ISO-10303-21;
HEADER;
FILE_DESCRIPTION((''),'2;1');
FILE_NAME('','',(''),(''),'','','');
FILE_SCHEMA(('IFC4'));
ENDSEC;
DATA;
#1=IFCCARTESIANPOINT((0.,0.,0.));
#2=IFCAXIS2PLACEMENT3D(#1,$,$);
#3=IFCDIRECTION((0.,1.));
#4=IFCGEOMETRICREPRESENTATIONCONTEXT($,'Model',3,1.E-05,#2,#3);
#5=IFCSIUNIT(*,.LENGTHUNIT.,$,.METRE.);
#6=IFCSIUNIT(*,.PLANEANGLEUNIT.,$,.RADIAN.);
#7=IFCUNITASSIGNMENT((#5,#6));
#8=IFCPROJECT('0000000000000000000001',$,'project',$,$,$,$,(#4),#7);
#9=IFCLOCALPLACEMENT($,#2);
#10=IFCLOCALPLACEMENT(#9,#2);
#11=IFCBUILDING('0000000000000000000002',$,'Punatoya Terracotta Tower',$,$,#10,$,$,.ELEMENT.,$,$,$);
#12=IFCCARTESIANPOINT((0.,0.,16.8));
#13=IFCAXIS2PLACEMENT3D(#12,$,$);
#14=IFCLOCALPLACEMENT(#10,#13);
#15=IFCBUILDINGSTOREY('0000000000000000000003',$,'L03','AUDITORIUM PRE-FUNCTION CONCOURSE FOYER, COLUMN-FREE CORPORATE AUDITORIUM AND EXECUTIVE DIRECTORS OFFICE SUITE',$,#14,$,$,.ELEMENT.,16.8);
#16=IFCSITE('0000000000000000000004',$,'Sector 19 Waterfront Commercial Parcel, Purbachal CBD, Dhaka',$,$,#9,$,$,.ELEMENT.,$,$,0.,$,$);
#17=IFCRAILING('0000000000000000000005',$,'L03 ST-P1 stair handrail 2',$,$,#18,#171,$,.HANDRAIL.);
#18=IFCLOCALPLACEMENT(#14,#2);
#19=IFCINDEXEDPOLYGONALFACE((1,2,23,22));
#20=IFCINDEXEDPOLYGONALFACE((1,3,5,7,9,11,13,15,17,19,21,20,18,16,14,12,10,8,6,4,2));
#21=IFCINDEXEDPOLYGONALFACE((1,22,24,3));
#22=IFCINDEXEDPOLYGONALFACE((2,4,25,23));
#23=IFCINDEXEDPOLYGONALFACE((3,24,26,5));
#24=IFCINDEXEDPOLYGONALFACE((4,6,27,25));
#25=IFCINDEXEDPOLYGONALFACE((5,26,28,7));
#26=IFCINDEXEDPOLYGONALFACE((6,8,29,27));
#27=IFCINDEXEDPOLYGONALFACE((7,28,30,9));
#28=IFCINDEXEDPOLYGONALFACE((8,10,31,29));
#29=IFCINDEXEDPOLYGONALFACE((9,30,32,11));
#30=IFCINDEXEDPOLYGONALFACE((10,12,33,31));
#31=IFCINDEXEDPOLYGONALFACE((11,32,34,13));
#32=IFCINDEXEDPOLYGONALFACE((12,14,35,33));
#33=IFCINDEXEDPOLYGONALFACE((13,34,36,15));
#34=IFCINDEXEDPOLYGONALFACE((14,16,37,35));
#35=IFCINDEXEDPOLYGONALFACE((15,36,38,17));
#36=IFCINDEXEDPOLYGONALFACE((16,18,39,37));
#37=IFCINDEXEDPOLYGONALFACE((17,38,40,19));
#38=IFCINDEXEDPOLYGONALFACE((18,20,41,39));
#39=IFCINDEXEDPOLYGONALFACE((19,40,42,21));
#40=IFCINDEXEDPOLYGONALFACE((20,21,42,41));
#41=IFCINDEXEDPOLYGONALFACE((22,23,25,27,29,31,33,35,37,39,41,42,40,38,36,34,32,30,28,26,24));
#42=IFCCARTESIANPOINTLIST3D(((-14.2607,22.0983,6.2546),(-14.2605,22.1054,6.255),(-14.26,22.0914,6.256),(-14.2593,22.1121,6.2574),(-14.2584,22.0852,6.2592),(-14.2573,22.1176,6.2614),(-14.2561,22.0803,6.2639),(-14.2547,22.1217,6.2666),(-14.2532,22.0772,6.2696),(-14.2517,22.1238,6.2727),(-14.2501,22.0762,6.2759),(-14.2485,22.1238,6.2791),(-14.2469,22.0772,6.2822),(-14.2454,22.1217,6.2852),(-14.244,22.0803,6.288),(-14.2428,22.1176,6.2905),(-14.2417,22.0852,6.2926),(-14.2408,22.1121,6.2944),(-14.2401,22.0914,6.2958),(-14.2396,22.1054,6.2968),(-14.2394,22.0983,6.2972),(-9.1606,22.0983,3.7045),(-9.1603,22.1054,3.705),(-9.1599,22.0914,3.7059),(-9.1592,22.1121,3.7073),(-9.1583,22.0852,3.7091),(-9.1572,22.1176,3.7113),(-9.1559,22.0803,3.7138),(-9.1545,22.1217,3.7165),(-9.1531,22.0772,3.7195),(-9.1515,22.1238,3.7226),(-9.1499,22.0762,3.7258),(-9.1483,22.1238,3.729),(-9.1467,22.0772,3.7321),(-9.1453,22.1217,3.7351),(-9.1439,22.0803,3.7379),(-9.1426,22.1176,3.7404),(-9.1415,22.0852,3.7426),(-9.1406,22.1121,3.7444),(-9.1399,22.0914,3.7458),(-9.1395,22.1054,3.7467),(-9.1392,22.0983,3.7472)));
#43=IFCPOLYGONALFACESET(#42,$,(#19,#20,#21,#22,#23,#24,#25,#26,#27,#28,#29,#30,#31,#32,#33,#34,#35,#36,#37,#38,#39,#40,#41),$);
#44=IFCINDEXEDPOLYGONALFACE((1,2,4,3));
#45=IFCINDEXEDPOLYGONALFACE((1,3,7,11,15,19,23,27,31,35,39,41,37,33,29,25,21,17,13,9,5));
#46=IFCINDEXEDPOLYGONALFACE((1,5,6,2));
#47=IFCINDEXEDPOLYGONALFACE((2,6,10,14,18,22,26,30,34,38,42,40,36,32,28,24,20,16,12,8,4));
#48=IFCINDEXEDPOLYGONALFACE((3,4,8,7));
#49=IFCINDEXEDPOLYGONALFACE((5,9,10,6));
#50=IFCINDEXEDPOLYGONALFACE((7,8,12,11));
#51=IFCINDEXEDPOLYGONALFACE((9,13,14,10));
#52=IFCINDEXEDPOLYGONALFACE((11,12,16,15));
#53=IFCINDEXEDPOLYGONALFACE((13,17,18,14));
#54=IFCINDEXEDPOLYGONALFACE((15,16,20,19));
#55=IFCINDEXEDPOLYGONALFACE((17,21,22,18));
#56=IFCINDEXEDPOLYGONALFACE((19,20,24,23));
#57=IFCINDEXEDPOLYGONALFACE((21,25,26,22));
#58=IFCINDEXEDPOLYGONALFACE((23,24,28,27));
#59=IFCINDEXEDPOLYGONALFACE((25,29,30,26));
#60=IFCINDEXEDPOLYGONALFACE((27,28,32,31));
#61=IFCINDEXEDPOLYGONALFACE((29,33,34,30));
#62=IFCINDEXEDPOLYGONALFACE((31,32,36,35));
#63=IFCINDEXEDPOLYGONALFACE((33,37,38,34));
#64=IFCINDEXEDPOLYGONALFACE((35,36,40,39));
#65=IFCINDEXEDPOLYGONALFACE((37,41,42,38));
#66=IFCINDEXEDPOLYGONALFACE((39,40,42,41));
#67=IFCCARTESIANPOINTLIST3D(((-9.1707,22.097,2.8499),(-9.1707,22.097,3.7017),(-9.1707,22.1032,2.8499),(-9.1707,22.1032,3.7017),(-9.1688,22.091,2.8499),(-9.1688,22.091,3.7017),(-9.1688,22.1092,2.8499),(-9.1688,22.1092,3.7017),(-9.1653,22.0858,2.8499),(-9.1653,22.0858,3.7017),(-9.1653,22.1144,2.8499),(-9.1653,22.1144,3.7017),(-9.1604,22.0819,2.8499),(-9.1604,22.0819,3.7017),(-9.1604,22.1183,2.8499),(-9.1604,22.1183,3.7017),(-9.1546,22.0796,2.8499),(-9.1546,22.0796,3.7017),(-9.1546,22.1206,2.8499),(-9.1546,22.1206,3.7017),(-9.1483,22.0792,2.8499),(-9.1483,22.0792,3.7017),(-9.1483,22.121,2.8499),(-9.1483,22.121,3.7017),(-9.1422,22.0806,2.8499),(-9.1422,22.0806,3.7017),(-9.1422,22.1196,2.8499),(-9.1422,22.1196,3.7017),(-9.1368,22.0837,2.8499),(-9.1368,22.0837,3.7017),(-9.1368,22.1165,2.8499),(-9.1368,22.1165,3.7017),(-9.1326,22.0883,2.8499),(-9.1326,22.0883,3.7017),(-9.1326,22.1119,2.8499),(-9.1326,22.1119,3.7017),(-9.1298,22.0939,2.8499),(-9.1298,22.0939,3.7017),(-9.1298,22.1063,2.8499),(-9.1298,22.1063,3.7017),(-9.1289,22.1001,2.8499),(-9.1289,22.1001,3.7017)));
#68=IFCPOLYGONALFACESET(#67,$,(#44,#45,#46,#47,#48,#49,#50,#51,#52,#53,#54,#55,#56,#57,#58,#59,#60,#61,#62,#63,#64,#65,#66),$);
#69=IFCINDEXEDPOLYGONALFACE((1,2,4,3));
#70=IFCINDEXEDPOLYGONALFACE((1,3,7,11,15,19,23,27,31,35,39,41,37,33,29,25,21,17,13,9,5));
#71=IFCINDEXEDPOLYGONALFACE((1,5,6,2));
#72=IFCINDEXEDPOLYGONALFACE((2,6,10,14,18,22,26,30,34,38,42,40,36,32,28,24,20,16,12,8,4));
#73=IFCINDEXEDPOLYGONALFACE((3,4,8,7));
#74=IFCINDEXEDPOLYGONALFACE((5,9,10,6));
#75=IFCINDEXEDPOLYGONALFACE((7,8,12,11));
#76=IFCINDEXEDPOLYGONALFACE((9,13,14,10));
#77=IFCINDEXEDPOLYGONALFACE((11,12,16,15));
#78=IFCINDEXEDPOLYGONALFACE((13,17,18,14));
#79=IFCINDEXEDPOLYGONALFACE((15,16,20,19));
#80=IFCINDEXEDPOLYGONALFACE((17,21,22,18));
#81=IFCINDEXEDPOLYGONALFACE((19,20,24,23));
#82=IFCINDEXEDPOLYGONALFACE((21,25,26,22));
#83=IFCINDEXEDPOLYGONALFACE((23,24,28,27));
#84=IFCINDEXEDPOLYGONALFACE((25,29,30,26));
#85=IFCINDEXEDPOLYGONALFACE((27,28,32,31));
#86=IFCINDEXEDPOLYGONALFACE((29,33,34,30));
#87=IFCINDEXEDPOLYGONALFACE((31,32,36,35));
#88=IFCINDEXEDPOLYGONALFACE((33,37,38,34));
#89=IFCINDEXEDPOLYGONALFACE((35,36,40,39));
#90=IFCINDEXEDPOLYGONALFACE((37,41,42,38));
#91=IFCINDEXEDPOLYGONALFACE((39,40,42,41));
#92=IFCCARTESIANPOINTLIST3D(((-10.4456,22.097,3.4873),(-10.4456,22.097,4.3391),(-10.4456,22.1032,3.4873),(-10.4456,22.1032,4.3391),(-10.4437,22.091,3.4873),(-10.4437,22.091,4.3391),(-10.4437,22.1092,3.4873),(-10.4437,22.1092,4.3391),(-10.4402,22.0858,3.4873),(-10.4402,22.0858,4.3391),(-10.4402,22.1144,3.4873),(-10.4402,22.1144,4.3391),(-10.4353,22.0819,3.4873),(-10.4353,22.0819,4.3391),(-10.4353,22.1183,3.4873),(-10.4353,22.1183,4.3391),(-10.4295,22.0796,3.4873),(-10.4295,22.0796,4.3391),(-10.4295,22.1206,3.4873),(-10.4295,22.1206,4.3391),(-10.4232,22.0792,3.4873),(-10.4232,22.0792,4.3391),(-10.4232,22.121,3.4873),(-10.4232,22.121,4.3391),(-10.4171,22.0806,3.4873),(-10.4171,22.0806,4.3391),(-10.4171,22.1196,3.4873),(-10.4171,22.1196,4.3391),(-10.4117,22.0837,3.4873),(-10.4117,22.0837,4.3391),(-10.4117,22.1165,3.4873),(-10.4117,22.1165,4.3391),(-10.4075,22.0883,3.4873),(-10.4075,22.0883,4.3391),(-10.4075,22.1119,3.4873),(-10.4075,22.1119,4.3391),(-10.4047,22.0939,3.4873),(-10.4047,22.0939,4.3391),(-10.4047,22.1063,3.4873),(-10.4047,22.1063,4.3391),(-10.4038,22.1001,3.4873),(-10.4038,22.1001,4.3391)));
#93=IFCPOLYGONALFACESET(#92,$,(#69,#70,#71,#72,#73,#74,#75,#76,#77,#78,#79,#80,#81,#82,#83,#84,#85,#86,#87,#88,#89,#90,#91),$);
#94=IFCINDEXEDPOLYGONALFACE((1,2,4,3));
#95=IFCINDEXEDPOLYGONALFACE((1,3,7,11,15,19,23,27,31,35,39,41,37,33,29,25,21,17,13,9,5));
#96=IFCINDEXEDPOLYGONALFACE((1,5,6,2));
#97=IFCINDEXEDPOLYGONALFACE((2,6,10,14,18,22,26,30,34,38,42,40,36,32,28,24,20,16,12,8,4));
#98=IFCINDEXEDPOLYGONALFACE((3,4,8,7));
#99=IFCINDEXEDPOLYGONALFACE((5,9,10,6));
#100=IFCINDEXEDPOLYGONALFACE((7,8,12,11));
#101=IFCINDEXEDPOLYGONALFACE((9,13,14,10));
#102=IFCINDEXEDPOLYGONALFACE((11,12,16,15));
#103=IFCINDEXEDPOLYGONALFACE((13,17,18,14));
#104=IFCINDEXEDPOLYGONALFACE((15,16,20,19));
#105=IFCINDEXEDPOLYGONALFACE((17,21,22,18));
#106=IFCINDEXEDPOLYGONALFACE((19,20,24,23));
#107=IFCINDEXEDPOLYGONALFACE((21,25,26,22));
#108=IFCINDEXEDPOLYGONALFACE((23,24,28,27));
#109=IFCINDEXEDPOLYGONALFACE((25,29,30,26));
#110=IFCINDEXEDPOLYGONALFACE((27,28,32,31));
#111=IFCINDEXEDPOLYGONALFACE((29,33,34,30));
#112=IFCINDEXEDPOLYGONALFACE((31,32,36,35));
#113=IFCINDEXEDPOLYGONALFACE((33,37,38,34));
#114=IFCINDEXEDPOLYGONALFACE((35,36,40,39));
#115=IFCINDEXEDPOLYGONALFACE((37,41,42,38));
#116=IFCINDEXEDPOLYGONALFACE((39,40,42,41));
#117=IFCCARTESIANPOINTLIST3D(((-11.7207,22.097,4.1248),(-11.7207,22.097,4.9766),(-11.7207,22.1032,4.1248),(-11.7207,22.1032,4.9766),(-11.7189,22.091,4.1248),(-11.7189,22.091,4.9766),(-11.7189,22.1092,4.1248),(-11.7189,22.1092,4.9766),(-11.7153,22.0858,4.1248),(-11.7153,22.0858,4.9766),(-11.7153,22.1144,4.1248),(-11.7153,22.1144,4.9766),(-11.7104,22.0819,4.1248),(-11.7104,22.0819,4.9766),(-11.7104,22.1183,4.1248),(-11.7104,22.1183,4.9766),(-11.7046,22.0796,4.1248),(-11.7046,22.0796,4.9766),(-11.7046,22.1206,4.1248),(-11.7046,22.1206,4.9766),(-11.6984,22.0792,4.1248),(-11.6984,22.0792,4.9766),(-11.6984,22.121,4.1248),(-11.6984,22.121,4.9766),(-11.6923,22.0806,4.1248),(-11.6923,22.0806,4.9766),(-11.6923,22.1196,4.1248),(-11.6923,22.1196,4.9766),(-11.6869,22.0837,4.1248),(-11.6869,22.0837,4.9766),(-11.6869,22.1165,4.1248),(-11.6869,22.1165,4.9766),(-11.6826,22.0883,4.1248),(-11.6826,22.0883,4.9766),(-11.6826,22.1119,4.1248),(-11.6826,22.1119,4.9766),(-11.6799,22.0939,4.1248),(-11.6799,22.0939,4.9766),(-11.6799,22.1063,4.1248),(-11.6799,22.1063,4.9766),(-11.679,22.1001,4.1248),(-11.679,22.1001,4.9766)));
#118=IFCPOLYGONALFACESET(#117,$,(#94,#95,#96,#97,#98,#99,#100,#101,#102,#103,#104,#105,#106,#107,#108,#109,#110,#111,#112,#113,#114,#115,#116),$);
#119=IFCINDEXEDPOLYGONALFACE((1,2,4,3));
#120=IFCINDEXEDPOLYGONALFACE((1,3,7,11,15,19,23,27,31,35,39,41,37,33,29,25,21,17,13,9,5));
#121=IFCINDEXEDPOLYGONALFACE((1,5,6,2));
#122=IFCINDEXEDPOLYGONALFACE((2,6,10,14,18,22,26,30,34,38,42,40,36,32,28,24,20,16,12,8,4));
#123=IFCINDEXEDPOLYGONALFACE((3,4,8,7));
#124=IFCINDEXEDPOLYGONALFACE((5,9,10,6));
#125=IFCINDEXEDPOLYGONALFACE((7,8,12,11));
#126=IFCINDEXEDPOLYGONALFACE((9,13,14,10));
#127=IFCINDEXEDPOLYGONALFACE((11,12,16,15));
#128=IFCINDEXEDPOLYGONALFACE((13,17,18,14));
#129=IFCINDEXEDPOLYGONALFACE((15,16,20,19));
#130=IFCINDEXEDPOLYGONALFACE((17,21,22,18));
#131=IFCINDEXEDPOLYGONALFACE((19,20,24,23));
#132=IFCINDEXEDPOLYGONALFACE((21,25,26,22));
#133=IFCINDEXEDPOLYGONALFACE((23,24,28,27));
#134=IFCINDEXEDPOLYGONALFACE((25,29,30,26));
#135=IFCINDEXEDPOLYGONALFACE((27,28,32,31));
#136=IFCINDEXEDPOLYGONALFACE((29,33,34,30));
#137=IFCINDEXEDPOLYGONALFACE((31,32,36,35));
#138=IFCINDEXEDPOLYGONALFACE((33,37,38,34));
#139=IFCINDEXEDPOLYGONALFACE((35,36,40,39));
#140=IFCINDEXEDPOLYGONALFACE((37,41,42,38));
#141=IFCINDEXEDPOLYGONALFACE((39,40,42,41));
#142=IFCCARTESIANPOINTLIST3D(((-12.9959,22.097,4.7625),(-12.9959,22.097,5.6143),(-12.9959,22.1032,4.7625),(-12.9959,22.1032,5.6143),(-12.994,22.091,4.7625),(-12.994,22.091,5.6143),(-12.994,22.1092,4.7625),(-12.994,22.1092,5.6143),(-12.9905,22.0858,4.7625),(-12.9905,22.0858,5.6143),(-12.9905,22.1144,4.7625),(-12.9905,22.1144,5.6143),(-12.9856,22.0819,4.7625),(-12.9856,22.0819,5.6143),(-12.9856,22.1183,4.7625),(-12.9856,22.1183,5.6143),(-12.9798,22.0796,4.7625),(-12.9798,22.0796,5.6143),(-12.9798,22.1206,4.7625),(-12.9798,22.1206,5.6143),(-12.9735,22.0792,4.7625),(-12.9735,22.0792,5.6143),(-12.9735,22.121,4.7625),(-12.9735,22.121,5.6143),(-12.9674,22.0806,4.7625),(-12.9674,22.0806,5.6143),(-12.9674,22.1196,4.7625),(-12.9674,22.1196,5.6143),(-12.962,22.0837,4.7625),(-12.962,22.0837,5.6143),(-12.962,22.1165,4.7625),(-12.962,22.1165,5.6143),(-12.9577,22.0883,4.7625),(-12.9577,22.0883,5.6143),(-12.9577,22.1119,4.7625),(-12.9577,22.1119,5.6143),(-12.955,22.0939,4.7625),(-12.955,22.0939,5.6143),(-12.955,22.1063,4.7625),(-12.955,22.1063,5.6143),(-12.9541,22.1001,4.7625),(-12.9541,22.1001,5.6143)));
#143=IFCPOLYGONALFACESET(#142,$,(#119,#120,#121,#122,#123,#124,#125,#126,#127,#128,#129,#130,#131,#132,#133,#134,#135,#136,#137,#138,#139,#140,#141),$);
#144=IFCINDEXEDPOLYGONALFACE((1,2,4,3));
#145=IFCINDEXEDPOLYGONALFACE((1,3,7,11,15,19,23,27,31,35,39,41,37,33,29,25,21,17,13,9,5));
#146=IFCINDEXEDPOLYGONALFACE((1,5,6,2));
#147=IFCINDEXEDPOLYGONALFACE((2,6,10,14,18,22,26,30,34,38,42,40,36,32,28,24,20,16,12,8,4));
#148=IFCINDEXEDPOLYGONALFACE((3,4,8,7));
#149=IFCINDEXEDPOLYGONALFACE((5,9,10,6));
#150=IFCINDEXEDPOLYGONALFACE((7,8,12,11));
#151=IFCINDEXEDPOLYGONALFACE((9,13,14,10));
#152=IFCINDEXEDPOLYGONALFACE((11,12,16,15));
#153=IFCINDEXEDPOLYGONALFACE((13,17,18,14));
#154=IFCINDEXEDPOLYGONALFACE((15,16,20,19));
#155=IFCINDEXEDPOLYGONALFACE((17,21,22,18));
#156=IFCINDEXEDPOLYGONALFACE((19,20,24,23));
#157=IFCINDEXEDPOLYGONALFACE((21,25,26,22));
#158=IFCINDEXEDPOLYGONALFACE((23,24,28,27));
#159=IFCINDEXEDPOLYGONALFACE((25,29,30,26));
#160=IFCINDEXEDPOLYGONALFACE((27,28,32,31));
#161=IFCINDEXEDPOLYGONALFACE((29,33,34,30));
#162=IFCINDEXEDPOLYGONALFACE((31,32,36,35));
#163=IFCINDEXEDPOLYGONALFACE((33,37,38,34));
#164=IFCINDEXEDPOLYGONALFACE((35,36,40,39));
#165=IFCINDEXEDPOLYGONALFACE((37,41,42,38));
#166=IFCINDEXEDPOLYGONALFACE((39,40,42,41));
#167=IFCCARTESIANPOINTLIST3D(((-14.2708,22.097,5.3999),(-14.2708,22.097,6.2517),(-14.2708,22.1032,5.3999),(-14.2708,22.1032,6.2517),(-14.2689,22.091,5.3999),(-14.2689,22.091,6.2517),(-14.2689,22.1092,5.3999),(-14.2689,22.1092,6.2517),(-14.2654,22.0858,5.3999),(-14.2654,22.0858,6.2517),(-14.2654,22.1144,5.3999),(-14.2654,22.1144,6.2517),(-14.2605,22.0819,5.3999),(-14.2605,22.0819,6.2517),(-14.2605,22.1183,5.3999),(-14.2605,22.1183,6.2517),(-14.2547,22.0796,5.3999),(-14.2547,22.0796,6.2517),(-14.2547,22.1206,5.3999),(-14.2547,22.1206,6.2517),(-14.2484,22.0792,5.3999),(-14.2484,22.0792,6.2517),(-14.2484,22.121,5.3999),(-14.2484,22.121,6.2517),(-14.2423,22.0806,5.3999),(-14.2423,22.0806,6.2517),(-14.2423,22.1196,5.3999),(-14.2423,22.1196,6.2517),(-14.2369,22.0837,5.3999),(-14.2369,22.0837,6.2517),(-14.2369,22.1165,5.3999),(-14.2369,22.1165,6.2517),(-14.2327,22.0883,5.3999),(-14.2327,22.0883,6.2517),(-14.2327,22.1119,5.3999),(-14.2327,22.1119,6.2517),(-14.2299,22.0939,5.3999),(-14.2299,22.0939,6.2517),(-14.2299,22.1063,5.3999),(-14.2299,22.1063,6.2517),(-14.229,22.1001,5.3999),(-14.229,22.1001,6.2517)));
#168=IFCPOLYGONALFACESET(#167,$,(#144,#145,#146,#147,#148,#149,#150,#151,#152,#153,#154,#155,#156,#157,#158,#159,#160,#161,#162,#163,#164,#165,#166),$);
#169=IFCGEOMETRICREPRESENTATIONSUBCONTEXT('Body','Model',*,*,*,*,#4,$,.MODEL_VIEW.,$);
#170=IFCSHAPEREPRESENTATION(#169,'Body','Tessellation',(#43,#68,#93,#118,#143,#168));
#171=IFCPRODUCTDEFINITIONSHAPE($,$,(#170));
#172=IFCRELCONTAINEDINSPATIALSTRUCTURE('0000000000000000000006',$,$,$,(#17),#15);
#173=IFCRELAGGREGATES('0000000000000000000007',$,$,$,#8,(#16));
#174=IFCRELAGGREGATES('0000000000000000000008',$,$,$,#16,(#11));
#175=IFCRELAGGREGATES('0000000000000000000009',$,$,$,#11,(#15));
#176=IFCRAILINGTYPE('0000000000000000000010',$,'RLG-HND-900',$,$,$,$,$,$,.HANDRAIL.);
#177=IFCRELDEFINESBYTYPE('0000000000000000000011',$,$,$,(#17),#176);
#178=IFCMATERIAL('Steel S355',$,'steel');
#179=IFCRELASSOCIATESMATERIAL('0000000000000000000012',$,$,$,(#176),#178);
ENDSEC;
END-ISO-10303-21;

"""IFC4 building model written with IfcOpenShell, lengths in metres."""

from ifc_helpers import new_model, si_unit, direction, frame, origin, origin_2d, place, context, subcontext, project, spatial, circle, extrude, material, type_object, element, save


model = new_model("IFC4")

# Units and contexts
model_context = context("Model", 3, precision=1e-05, world=origin(), true_north=direction((0.0, 1.0)))
body_context = subcontext(model_context, "Body", "Model", "MODEL_VIEW")
ifc_project = project(units=[si_unit("LENGTHUNIT", "METRE"), si_unit("PLANEANGLEUNIT", "RADIAN")], contexts=[model_context])

# Site, building, storey
site_placement = place(None, origin())
site = spatial("IfcSite", under=ifc_project, at=site_placement, Name="Sector 19 Waterfront Commercial Parcel, Purbachal CBD, Dhaka", CompositionType="ELEMENT", RefElevation=0.0)
building_placement = place(site_placement, origin())
building = spatial("IfcBuilding", under=site, at=building_placement, Name="Punatoya Terracotta Tower", CompositionType="ELEMENT")
storey_placement = place(building_placement, frame((0.0, 0.0, 16.8)))
storey = spatial("IfcBuildingStorey", under=building, at=storey_placement, Name="L03", Description="AUDITORIUM PRE-FUNCTION CONCOURSE FOYER, COLUMN-FREE CORPORATE AUDITORIUM AND EXECUTIVE DIRECTORS OFFICE SUITE", CompositionType="ELEMENT", Elevation=16.8)

# Shared definitions
ifc_material_1 = material(Name="Steel S355", Category="steel")

# Railing
railing_type_1 = type_object("IfcRailingType", Name="RLG-HND-900", PredefinedType="HANDRAIL", material=ifc_material_1)
railing_1_placement = place(storey_placement, frame((-9.1499, 22.1001, 2.8499)))
element("IfcRailing", 1, at=railing_1_placement, inside=storey, type_object=railing_type_1, Name="L03 ST-P1 stair handrail 2", PredefinedType="HANDRAIL", context=body_context, shape_type="SweptSolid", body=[
    extrude(circle(Radius=0.0239, at=origin_2d()), frame((0.0, 0.0, 0.876), z_axis=(-0.894427, 0.0, 0.447214), x_axis=(0.0, -1.0, 0.0)), (0.0, 0.0, 1.0), 5.7021),
    extrude(circle(Radius=0.021, at=origin_2d()), origin(), (0.0, 0.0, 1.0), 0.8518),
    extrude(circle(Radius=0.021, at=origin_2d()), frame((-1.2749, 0.0, 0.6375)), (0.0, 0.0, 1.0), 0.8518),
    extrude(circle(Radius=0.021, at=origin_2d()), frame((-2.55, 0.0, 1.2749)), (0.0, 0.0, 1.0), 0.8518),
    extrude(circle(Radius=0.021, at=origin_2d()), frame((-3.8252, 0.0, 1.9126)), (0.0, 0.0, 1.0), 0.8518),
    extrude(circle(Radius=0.021, at=origin_2d()), frame((-5.1001, 0.0, 2.55)), (0.0, 0.0, 1.0), 0.8518),
])

save(model, "model.ifc")
